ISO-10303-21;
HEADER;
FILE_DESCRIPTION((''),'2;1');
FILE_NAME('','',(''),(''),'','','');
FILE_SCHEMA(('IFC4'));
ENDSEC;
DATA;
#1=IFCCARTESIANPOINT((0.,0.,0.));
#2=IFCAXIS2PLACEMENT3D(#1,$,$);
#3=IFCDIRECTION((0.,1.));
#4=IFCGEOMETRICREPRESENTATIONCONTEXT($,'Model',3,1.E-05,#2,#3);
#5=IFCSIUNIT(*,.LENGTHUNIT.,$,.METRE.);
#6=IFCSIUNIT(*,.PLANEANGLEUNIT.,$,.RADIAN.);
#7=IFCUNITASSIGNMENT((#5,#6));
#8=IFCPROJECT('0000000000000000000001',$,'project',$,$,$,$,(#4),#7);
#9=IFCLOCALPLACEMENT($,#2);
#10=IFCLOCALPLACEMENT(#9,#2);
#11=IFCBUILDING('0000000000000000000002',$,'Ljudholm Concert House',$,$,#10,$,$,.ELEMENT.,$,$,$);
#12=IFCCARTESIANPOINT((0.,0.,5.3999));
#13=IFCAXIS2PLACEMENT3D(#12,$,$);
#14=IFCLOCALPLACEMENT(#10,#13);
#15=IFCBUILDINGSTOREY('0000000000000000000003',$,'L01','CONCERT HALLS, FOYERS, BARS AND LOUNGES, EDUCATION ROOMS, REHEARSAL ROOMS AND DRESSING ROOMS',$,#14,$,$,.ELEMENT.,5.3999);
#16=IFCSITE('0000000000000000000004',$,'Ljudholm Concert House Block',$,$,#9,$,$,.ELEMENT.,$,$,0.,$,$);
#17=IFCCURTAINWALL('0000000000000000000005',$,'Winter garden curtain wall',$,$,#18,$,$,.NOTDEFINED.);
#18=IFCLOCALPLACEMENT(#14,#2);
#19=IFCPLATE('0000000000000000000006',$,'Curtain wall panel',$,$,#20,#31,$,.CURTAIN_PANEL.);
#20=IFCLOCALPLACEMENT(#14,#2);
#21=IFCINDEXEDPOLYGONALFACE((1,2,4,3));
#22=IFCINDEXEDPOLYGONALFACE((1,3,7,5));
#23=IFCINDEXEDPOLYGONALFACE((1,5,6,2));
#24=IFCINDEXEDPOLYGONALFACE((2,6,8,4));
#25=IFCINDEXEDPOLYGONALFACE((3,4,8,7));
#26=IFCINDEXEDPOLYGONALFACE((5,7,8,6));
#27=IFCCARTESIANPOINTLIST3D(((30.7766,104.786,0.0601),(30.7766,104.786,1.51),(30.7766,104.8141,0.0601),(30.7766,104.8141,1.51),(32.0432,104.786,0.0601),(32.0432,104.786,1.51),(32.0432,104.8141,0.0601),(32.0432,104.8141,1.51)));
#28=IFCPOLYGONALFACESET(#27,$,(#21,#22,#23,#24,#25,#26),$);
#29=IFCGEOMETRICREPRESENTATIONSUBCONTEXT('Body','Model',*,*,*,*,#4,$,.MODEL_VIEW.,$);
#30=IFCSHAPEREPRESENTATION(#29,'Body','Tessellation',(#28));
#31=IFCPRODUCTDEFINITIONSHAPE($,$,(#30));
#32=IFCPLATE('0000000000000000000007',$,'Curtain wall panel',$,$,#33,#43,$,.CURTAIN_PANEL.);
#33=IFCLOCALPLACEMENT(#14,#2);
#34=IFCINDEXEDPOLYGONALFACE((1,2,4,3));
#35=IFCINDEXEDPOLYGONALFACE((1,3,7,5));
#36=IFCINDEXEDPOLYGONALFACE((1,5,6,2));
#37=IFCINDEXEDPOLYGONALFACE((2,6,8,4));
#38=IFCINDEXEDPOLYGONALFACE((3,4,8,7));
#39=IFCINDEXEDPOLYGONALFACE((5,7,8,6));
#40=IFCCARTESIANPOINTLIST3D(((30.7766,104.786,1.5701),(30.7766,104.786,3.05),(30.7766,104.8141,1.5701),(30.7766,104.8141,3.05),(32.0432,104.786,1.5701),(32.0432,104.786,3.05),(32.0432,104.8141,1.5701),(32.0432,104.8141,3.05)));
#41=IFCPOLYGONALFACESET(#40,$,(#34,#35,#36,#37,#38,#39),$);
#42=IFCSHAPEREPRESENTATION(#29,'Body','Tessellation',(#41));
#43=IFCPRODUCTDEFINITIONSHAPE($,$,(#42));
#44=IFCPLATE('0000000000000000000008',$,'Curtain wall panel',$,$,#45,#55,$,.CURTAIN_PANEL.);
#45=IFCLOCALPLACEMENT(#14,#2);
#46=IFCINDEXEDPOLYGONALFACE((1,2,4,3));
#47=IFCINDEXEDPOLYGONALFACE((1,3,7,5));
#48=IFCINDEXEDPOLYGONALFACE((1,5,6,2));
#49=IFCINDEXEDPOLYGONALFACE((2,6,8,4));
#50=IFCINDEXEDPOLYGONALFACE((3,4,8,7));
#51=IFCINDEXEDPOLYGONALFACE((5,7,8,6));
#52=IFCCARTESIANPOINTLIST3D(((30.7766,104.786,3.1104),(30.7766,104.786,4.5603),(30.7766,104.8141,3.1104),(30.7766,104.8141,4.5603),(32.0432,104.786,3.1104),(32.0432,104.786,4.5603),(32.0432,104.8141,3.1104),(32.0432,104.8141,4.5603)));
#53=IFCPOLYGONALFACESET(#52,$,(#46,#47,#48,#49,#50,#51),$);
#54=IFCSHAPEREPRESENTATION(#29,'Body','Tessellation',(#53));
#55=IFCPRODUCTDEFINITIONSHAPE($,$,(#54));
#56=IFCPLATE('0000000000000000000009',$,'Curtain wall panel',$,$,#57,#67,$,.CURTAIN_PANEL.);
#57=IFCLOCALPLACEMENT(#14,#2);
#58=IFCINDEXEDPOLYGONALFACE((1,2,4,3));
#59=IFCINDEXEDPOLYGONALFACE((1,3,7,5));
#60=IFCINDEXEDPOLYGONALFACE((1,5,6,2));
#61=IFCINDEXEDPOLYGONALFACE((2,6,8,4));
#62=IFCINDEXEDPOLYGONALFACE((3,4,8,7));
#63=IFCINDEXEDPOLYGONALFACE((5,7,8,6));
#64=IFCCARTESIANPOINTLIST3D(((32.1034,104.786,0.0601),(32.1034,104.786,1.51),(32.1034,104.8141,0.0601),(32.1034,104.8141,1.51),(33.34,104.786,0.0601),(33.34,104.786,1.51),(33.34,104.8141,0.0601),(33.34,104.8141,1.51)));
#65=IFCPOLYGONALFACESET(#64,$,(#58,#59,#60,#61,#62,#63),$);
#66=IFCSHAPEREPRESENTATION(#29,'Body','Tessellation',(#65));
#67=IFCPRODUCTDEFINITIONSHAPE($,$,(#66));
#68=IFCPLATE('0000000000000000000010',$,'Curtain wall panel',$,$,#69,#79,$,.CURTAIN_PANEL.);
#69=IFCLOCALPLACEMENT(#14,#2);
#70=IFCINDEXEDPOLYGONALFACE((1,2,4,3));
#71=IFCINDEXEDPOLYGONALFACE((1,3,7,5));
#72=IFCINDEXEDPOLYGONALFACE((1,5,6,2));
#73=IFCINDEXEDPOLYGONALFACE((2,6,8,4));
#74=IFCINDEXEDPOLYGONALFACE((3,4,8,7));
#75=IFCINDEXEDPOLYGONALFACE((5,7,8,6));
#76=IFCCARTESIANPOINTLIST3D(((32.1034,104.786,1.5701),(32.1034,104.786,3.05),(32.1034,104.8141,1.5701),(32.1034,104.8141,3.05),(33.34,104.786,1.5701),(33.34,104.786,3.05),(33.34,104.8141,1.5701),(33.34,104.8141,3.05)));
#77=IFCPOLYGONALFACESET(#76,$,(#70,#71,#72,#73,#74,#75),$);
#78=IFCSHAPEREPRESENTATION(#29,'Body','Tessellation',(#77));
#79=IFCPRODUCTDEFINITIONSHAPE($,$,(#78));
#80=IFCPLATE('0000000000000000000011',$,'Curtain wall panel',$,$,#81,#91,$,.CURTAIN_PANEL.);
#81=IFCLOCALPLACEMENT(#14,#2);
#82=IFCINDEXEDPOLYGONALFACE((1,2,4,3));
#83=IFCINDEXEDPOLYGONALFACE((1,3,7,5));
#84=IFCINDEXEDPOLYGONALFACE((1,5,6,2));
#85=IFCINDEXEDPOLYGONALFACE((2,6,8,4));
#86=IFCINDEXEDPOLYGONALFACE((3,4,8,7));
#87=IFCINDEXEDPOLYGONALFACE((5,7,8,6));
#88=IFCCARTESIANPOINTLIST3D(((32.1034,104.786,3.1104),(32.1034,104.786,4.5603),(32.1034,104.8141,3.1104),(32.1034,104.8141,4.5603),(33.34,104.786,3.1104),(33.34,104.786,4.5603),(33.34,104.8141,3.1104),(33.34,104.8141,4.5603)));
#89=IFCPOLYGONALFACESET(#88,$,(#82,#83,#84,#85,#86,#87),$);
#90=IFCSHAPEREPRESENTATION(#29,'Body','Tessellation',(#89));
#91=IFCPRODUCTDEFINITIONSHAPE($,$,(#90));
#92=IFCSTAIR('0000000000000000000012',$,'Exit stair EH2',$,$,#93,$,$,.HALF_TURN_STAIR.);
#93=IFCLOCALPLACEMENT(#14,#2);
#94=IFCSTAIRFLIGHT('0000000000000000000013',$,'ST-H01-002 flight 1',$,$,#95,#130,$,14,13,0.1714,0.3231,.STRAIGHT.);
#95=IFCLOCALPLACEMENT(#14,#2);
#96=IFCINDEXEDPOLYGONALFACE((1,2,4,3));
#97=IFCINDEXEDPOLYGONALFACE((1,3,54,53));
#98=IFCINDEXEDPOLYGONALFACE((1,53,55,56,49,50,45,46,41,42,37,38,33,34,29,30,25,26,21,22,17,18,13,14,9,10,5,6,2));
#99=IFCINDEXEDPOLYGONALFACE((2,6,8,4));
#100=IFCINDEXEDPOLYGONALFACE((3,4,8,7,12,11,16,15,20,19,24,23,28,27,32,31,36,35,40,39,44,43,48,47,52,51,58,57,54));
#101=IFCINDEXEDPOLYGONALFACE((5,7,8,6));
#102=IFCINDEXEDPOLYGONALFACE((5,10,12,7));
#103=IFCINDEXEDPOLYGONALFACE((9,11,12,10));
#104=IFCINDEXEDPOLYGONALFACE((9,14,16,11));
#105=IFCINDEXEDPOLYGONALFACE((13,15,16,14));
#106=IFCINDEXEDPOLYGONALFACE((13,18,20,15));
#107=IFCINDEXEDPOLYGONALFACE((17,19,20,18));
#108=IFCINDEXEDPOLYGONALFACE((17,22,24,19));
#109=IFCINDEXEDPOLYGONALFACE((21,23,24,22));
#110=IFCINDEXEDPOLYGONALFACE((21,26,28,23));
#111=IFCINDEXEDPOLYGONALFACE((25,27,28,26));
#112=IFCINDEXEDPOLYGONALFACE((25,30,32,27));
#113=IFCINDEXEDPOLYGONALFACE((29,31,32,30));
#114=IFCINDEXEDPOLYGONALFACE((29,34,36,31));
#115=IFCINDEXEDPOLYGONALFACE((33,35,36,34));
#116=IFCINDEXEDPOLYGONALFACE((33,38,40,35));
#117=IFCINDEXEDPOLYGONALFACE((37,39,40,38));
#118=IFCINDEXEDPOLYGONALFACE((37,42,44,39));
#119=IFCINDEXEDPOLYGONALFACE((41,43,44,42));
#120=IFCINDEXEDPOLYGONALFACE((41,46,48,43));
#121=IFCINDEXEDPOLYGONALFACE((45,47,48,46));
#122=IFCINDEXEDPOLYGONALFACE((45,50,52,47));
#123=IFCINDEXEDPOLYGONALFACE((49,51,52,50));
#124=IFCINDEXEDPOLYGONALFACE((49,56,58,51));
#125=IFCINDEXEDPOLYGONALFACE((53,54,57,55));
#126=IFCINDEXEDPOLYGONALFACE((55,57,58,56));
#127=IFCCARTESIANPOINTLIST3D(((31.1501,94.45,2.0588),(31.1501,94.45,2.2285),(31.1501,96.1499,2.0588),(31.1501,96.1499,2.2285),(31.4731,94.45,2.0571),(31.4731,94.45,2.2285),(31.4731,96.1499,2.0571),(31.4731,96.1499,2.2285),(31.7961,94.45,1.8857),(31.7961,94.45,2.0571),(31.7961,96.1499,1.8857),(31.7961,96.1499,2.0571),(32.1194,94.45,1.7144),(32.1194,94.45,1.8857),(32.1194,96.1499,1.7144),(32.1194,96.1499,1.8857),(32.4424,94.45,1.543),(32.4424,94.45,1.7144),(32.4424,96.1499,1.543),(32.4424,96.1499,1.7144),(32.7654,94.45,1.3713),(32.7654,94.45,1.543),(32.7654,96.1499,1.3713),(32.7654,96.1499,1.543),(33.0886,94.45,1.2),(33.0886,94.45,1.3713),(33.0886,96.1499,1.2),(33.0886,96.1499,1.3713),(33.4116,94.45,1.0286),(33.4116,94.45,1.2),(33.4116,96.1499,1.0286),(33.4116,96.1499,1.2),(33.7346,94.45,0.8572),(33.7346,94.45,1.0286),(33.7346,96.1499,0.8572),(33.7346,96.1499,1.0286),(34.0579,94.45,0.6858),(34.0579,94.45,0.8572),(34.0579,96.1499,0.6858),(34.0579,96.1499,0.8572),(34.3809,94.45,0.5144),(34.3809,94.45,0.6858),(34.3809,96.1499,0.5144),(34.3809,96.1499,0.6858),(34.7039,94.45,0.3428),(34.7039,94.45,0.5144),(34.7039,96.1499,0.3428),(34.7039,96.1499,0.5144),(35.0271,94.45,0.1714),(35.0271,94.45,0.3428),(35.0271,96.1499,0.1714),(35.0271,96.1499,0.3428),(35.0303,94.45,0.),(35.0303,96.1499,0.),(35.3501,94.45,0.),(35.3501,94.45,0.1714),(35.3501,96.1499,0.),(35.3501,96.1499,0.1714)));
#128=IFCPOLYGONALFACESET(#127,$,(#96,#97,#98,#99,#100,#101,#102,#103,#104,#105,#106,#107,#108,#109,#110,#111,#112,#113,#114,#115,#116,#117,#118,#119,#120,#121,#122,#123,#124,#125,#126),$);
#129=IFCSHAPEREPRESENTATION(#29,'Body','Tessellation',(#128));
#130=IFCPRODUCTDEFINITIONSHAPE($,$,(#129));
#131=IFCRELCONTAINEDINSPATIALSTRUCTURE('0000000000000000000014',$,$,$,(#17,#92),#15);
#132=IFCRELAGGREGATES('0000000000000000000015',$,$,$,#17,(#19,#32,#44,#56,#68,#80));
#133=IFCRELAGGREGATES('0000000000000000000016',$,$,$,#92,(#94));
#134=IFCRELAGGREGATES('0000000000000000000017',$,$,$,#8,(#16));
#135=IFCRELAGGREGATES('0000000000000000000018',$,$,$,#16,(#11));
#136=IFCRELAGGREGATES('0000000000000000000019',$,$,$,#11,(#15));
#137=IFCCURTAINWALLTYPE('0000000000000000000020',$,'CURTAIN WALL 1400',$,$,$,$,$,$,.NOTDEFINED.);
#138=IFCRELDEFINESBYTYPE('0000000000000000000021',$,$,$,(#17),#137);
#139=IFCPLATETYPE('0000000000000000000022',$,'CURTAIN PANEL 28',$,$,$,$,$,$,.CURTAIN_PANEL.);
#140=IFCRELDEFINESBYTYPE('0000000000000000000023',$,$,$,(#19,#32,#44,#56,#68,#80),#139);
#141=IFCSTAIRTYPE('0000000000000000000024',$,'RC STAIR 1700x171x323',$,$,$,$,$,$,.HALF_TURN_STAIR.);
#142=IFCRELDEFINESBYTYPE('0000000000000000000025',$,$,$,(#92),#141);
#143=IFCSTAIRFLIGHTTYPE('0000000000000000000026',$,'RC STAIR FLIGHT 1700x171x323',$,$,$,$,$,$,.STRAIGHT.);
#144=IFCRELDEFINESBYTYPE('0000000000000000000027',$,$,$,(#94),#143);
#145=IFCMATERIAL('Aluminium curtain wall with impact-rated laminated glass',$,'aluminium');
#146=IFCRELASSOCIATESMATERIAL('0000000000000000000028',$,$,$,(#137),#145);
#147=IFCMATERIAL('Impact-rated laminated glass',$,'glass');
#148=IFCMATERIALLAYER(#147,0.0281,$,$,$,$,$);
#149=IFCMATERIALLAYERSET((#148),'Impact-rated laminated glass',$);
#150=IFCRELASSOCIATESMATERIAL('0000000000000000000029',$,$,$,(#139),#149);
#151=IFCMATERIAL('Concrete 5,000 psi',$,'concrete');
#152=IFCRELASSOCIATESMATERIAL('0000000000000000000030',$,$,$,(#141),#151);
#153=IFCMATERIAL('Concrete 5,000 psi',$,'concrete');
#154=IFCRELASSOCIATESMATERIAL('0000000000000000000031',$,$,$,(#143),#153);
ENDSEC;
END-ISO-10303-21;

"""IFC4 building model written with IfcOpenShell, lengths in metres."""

from ifc_helpers import new_model, si_unit, direction, frame, origin, origin_2d, place, context, subcontext, project, spatial, polyline, rectangle, outline, extrude, material, layer, layer_set, type_object, element, aggregate, save


model = new_model("IFC4")

# Units and contexts
model_context = context("Model", 3, precision=1e-05, world=origin(), true_north=direction((0.0, 1.0)))
body_context = subcontext(model_context, "Body", "Model", "MODEL_VIEW")
ifc_project = project(units=[si_unit("LENGTHUNIT", "METRE"), si_unit("PLANEANGLEUNIT", "RADIAN")], contexts=[model_context])

# Site, building, storey
site_placement = place(None, origin())
site = spatial("IfcSite", under=ifc_project, at=site_placement, Name="Ljudholm Concert House Block", CompositionType="ELEMENT", RefElevation=0.0)
building_placement = place(site_placement, origin())
building = spatial("IfcBuilding", under=site, at=building_placement, Name="Ljudholm Concert House", CompositionType="ELEMENT")
storey_placement = place(building_placement, frame((0.0, 0.0, 5.3999)))
storey = spatial("IfcBuildingStorey", under=building, at=storey_placement, Name="L01", Description="CONCERT HALLS, FOYERS, BARS AND LOUNGES, EDUCATION ROOMS, REHEARSAL ROOMS AND DRESSING ROOMS", CompositionType="ELEMENT", Elevation=5.3999)

# Curtain wall, plates
ifc_material_1 = material(Name="Aluminium curtain wall with impact-rated laminated glass", Category="aluminium")
curtain_wall_type = type_object("IfcCurtainWallType", Name="CURTAIN WALL 1400", PredefinedType="NOTDEFINED", material=ifc_material_1)
curtain_wall_placement = place(storey_placement, origin())
curtain_wall = element("IfcCurtainWall", 1, at=curtain_wall_placement, inside=storey, type_object=curtain_wall_type, Name="Winter garden curtain wall", PredefinedType="NOTDEFINED")
ifc_material_2 = material(Name="Impact-rated laminated glass", Category="glass")
ifc_layer = layer(ifc_material_2, 0.0281)
ifc_layer_set = layer_set([ifc_layer], Name="Impact-rated laminated glass")
plate_type = type_object("IfcPlateType", Name="CURTAIN PANEL 28", PredefinedType="CURTAIN_PANEL", material=ifc_layer_set)
plate_1_placement = place(storey_placement, frame((31.4099, 104.8, 0.0601), z_axis=(0.0, 0.0, 1.0), x_axis=(1.0, 0.0, 0.0)))
plate_1 = element("IfcPlate", 2, at=plate_1_placement, type_object=plate_type, Name="Curtain wall panel", PredefinedType="CURTAIN_PANEL", context=body_context, shape_type="SweptSolid", body=[
    extrude(rectangle(XDim=1.2666, YDim=0.0281, at=origin_2d()), origin(), (0.0, 0.0, 1.0), 1.45),
])
plate_2_placement = place(storey_placement, frame((31.4099, 104.8, 1.5701), z_axis=(0.0, 0.0, 1.0), x_axis=(1.0, 0.0, 0.0)))
plate_2 = element("IfcPlate", 3, at=plate_2_placement, type_object=plate_type, Name="Curtain wall panel", PredefinedType="CURTAIN_PANEL", context=body_context, shape_type="SweptSolid", body=[
    extrude(rectangle(XDim=1.2666, YDim=0.0281, at=origin_2d()), origin(), (0.0, 0.0, 1.0), 1.48),
])
plate_3_placement = place(storey_placement, frame((31.4099, 104.8, 3.1104), z_axis=(0.0, 0.0, 1.0), x_axis=(1.0, 0.0, 0.0)))
plate_3 = element("IfcPlate", 4, at=plate_3_placement, type_object=plate_type, Name="Curtain wall panel", PredefinedType="CURTAIN_PANEL", context=body_context, shape_type="SweptSolid", body=[
    extrude(rectangle(XDim=1.2666, YDim=0.0281, at=origin_2d()), origin(), (0.0, 0.0, 1.0), 1.45),
])
plate_4_placement = place(storey_placement, frame((32.7217, 104.8, 0.0601), z_axis=(0.0, 0.0, 1.0), x_axis=(1.0, 0.0, 0.0)))
plate_4 = element("IfcPlate", 5, at=plate_4_placement, type_object=plate_type, Name="Curtain wall panel", PredefinedType="CURTAIN_PANEL", context=body_context, shape_type="SweptSolid", body=[
    extrude(rectangle(XDim=1.2366, YDim=0.0281, at=origin_2d()), origin(), (0.0, 0.0, 1.0), 1.45),
])
plate_5_placement = place(storey_placement, frame((32.7217, 104.8, 1.5701), z_axis=(0.0, 0.0, 1.0), x_axis=(1.0, 0.0, 0.0)))
plate_5 = element("IfcPlate", 6, at=plate_5_placement, type_object=plate_type, Name="Curtain wall panel", PredefinedType="CURTAIN_PANEL", context=body_context, shape_type="SweptSolid", body=[
    extrude(rectangle(XDim=1.2366, YDim=0.0281, at=origin_2d()), origin(), (0.0, 0.0, 1.0), 1.48),
])
plate_6_placement = place(storey_placement, frame((32.7217, 104.8, 3.1104), z_axis=(0.0, 0.0, 1.0), x_axis=(1.0, 0.0, 0.0)))
plate_6 = element("IfcPlate", 7, at=plate_6_placement, type_object=plate_type, Name="Curtain wall panel", PredefinedType="CURTAIN_PANEL", context=body_context, shape_type="SweptSolid", body=[
    extrude(rectangle(XDim=1.2366, YDim=0.0281, at=origin_2d()), origin(), (0.0, 0.0, 1.0), 1.45),
])
aggregate(curtain_wall, [plate_1, plate_2, plate_3, plate_4, plate_5, plate_6])

# Stair, stair flight
ifc_material_3 = material(Name="Concrete 5,000 psi", Category="concrete")
stair_type = type_object("IfcStairType", Name="RC STAIR 1700x171x323", PredefinedType="HALF_TURN_STAIR", material=ifc_material_3)
stair_placement = place(storey_placement, origin())
stair = element("IfcStair", 8, at=stair_placement, inside=storey, type_object=stair_type, Name="Exit stair EH2", PredefinedType="HALF_TURN_STAIR")
ifc_material_4 = material(Name="Concrete 5,000 psi", Category="concrete")
stair_flight_type = type_object("IfcStairFlightType", Name="RC STAIR FLIGHT 1700x171x323", PredefinedType="STRAIGHT", material=ifc_material_4)
stair_flight_placement = place(storey_placement, frame((35.3501, 95.3, 0.0), z_axis=(0.0, 0.0, 1.0), x_axis=(-1.0, 0.0, 0.0)))
stair_flight = element("IfcStairFlight", 9, at=stair_flight_placement, type_object=stair_flight_type, Name="ST-H01-002 flight 1", NumberOfRisers=14, NumberOfTreads=13, PredefinedType="STRAIGHT", RiserHeight=0.1714, TreadLength=0.3231, context=body_context, shape_type="SweptSolid", body=[
    extrude(outline(polyline([(0.0, 0.0), (0.0, 0.1714), (0.323, 0.1714), (0.323, 0.3428), (0.6462, 0.3428), (0.6462, 0.5144), (0.9692, 0.5144), (0.9692, 0.6858), (1.2922, 0.6858), (1.2922, 0.8572), (1.6155, 0.8572), (1.6155, 1.0286), (1.9385, 1.0286), (1.9385, 1.2), (2.2615, 1.2), (2.2615, 1.3713), (2.5847, 1.3713), (2.5847, 1.543), (2.9077, 1.543), (2.9077, 1.7144), (3.2307, 1.7144), (3.2307, 1.8857), (3.554, 1.8857), (3.554, 2.0571), (3.877, 2.0571), (3.877, 2.2285), (4.2, 2.2285), (4.2, 2.3999), (4.2, 2.0588), (0.3198, 0.0), (0.0, 0.0)])), frame((0.0, 0.8501, 0.0), z_axis=(0.0, -1.0, 0.0), x_axis=(1.0, 0.0, 0.0)), (0.0, 0.0, 1.0), 1.7),
])
aggregate(stair, [stair_flight])

save(model, "model.ifc")
